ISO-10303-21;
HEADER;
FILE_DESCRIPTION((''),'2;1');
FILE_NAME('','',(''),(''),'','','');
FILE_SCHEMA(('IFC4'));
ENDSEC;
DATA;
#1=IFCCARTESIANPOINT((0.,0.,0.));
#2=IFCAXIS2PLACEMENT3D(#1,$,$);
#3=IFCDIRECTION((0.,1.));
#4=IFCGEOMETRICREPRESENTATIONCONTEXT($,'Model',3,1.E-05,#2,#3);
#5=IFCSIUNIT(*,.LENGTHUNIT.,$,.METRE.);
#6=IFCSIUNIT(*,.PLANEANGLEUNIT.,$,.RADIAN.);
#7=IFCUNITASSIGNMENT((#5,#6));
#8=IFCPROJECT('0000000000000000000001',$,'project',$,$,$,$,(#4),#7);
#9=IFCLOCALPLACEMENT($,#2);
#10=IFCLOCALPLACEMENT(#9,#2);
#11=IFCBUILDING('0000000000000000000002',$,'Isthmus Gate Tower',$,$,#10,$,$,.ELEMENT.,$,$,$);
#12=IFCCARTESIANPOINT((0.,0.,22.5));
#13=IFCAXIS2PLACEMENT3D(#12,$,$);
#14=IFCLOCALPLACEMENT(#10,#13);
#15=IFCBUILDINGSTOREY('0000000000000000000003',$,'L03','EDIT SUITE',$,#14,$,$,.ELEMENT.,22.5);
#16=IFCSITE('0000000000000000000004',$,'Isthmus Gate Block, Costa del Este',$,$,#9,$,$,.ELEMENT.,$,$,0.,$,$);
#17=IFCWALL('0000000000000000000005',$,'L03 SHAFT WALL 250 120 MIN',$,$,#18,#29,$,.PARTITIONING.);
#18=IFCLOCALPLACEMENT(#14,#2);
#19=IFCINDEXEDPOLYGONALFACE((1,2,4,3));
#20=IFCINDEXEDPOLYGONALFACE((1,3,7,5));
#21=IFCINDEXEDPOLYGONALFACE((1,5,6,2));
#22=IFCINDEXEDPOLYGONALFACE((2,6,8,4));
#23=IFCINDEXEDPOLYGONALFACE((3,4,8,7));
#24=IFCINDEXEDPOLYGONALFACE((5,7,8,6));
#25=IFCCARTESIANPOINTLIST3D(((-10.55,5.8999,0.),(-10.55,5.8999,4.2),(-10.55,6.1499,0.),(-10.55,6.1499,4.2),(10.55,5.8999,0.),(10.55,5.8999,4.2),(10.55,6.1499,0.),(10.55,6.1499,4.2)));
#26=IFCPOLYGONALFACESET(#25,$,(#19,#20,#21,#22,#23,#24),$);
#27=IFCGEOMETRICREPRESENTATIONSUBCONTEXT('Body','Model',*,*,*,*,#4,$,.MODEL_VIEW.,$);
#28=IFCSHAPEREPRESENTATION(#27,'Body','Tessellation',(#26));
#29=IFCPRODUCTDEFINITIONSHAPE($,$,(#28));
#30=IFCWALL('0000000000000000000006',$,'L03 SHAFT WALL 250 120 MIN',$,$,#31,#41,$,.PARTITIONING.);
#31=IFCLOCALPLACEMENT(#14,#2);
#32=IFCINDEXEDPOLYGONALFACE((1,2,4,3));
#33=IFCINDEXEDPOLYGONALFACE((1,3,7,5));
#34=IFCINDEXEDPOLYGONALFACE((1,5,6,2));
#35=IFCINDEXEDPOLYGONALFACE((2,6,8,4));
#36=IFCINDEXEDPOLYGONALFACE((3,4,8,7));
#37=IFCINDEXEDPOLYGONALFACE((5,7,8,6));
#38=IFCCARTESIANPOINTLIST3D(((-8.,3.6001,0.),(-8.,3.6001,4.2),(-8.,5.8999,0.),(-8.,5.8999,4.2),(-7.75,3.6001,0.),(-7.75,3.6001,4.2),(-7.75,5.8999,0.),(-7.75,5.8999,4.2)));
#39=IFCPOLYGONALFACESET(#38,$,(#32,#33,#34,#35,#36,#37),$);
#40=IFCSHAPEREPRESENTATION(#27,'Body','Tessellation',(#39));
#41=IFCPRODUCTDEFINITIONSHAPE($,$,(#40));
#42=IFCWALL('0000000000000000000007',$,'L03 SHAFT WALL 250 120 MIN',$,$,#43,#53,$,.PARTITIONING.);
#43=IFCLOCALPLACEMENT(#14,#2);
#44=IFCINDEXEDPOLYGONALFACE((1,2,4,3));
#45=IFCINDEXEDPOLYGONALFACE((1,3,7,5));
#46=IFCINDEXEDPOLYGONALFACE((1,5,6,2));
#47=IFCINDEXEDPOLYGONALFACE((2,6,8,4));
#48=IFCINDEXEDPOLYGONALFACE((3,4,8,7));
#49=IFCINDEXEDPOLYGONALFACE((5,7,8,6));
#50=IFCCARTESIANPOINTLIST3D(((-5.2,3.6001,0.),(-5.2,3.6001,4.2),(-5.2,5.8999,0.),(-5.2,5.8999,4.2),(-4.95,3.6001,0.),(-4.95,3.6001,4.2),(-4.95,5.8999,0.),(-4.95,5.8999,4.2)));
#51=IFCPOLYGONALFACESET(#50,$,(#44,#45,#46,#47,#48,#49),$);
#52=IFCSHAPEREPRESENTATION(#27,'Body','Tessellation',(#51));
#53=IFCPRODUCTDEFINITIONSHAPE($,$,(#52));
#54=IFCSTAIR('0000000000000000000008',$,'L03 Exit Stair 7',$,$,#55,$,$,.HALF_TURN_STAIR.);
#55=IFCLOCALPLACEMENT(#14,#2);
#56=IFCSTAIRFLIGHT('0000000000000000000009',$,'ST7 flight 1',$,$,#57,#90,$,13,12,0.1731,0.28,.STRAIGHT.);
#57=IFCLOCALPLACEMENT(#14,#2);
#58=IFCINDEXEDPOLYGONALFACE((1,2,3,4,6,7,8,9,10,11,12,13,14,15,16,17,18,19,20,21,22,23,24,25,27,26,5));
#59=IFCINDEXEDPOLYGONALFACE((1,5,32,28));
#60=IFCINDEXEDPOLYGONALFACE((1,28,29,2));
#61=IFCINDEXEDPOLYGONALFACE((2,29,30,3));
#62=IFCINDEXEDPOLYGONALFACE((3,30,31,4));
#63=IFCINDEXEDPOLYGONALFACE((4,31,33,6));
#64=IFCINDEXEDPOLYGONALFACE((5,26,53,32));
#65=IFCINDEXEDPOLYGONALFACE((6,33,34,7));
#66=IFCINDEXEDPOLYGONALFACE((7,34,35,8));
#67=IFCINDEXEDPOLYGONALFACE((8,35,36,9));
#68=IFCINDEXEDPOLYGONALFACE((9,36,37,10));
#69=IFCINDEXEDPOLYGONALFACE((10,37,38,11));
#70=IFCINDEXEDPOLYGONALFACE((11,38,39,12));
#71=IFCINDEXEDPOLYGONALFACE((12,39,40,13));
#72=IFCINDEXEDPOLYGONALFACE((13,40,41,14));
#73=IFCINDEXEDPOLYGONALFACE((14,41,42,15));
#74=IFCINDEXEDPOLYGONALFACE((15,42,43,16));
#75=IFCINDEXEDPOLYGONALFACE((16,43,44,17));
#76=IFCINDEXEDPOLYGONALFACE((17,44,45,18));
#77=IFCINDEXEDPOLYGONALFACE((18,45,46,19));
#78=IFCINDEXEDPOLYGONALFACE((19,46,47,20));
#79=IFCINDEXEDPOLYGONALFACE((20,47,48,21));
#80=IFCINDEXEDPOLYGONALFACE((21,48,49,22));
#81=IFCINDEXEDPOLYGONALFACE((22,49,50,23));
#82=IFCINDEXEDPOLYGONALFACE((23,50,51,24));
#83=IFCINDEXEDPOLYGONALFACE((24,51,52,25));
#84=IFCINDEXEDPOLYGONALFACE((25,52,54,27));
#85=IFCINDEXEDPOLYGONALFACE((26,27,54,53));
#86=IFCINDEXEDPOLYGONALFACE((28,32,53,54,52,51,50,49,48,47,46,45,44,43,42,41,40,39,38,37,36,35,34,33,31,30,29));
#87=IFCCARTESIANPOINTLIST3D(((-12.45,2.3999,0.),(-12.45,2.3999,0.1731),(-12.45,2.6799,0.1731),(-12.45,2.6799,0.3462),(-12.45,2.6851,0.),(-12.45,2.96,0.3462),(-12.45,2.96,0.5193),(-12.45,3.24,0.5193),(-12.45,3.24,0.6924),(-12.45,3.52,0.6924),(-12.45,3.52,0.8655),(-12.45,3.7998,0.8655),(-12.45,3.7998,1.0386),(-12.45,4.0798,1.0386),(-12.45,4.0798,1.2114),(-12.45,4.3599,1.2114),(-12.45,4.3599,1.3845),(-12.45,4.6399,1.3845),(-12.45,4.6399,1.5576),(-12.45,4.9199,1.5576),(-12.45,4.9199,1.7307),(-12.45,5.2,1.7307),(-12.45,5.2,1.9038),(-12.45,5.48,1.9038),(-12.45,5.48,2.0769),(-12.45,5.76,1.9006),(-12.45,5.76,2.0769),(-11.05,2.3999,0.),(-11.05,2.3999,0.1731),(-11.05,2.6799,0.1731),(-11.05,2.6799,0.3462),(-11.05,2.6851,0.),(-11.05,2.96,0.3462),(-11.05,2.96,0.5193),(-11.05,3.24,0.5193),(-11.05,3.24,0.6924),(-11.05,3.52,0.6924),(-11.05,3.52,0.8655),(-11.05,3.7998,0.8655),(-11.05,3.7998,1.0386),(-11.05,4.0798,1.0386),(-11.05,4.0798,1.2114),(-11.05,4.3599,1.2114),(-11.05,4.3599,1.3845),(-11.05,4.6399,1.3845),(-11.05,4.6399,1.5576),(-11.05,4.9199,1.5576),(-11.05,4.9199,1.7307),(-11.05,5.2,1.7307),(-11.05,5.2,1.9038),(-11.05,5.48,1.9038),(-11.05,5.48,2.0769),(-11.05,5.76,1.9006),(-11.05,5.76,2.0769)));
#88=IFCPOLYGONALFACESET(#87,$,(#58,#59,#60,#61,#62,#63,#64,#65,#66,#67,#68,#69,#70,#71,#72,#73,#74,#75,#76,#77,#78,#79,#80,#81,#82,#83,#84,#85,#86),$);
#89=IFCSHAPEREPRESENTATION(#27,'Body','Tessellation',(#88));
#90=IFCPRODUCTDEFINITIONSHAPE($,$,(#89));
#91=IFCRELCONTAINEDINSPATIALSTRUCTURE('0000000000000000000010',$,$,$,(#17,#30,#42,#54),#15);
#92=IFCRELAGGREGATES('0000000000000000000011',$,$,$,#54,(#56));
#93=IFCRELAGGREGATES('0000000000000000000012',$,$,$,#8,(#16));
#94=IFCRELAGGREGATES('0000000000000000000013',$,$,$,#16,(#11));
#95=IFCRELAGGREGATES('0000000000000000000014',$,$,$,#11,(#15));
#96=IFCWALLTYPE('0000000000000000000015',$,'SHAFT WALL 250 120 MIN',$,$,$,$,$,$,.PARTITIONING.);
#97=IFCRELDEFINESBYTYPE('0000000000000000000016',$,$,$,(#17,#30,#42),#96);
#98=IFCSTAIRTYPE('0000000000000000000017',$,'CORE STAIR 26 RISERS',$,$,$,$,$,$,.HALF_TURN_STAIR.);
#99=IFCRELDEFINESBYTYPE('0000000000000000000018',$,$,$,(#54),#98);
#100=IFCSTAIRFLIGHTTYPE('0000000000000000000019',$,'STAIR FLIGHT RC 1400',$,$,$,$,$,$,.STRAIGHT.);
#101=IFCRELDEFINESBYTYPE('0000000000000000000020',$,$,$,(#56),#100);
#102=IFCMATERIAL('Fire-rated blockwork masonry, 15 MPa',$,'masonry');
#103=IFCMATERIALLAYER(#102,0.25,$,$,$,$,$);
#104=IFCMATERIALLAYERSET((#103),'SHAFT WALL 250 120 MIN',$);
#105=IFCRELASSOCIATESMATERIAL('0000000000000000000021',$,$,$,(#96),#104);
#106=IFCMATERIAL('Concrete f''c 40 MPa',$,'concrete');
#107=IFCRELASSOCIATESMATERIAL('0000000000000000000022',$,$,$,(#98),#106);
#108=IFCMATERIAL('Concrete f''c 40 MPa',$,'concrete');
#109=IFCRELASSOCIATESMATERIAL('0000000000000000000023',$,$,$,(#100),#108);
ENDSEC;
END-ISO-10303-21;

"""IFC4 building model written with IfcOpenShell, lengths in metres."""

from ifc_helpers import new_model, si_unit, direction, frame, frame_2d, origin, place, context, subcontext, project, spatial, polyline, rectangle, outline, extrude, material, layer, layer_set, type_object, element, aggregate, save


model = new_model("IFC4")

# Units and contexts
model_context = context("Model", 3, precision=1e-05, world=origin(), true_north=direction((0.0, 1.0)))
body_context = subcontext(model_context, "Body", "Model", "MODEL_VIEW")
ifc_project = project(units=[si_unit("LENGTHUNIT", "METRE"), si_unit("PLANEANGLEUNIT", "RADIAN")], contexts=[model_context])

# Site, building, storey
site_placement = place(None, origin())
site = spatial("IfcSite", under=ifc_project, at=site_placement, Name="Isthmus Gate Block, Costa del Este", CompositionType="ELEMENT", RefElevation=0.0)
building_placement = place(site_placement, origin())
building = spatial("IfcBuilding", under=site, at=building_placement, Name="Isthmus Gate Tower", CompositionType="ELEMENT")
storey_placement = place(building_placement, frame((0.0, 0.0, 22.5)))
storey = spatial("IfcBuildingStorey", under=building, at=storey_placement, Name="L03", Description="EDIT SUITE", CompositionType="ELEMENT", Elevation=22.5)

# Walls
ifc_material_1 = material(Name="Fire-rated blockwork masonry, 15 MPa", Category="masonry")
ifc_layer_1 = layer(ifc_material_1, 0.25)
ifc_layer_set_1 = layer_set([ifc_layer_1], Name="SHAFT WALL 250 120 MIN")
wall_type_1 = type_object("IfcWallType", Name="SHAFT WALL 250 120 MIN", PredefinedType="PARTITIONING", material=ifc_layer_set_1)
wall_1_placement = place(storey_placement, frame((-10.55, 6.0249, 0.0), z_axis=(0.0, 0.0, 1.0), x_axis=(1.0, 0.0, 0.0)))
element("IfcWall", 1, at=wall_1_placement, inside=storey, type_object=wall_type_1, Name="L03 SHAFT WALL 250 120 MIN", PredefinedType="PARTITIONING", context=body_context, shape_type="SweptSolid", body=[
    extrude(rectangle(XDim=21.1001, YDim=0.25, at=frame_2d((10.55, 0.0))), origin(), (0.0, 0.0, 1.0), 4.2),
])
for number, where, z_axis, x_axis, name in (
    (2, (-7.875, 3.6001, 0.0), (0.0, 0.0, 1.0), (0.0, 1.0, 0.0), "L03 SHAFT WALL 250 120 MIN"),
    (3, (-5.075, 3.6001, 0.0), (0.0, 0.0, 1.0), (0.0, 1.0, 0.0), "L03 SHAFT WALL 250 120 MIN"),
):
    element("IfcWall", number, at=place(storey_placement, frame(where, z_axis=z_axis, x_axis=x_axis)), inside=storey, type_object=wall_type_1, Name=name, PredefinedType="PARTITIONING", context=body_context, shape_type="SweptSolid", body=[
        extrude(rectangle(XDim=2.2998, YDim=0.25, at=frame_2d((1.1499, 0.0))), origin(), (0.0, 0.0, 1.0), 4.2),
    ])

# Stair, stair flight
ifc_material_2 = material(Name="Concrete f'c 40 MPa", Category="concrete")
stair_type = type_object("IfcStairType", Name="CORE STAIR 26 RISERS", PredefinedType="HALF_TURN_STAIR", material=ifc_material_2)
stair_placement = place(storey_placement, origin())
stair = element("IfcStair", 4, at=stair_placement, inside=storey, type_object=stair_type, Name="L03 Exit Stair 7", PredefinedType="HALF_TURN_STAIR")
ifc_material_3 = material(Name="Concrete f'c 40 MPa", Category="concrete")
stair_flight_type = type_object("IfcStairFlightType", Name="STAIR FLIGHT RC 1400", PredefinedType="STRAIGHT", material=ifc_material_3)
stair_flight_placement = place(storey_placement, frame((-11.75, 2.3999, 0.0), z_axis=(0.0, 0.0, 1.0), x_axis=(0.0, 1.0, 0.0)))
stair_flight = element("IfcStairFlight", 5, at=stair_flight_placement, type_object=stair_flight_type, Name="ST7 flight 1", NumberOfRisers=13, NumberOfTreads=12, PredefinedType="STRAIGHT", RiserHeight=0.1731, TreadLength=0.28, context=body_context, shape_type="SweptSolid", body=[
    extrude(outline(polyline([(0.0, 0.0), (0.0, 0.1731), (0.28, 0.1731), (0.28, 0.3462), (0.5601, 0.3462), (0.5601, 0.5193), (0.8401, 0.5193), (0.8401, 0.6924), (1.1201, 0.6924), (1.1201, 0.8655), (1.3999, 0.8655), (1.3999, 1.0386), (1.6799, 1.0386), (1.6799, 1.2114), (1.96, 1.2114), (1.96, 1.3845), (2.24, 1.3845), (2.24, 1.5576), (2.52, 1.5576), (2.52, 1.7307), (2.8, 1.7307), (2.8, 1.9038), (3.0801, 1.9038), (3.0801, 2.0769), (3.3601, 2.0769), (3.3601, 2.25), (3.3601, 1.9006), (0.2852, 0.0), (0.0, 0.0)])), frame((0.0, 0.7, 0.0), z_axis=(0.0, -1.0, 0.0), x_axis=(1.0, 0.0, 0.0)), (0.0, 0.0, 1.0), 1.3999),
])
aggregate(stair, [stair_flight])

save(model, "model.ifc")
